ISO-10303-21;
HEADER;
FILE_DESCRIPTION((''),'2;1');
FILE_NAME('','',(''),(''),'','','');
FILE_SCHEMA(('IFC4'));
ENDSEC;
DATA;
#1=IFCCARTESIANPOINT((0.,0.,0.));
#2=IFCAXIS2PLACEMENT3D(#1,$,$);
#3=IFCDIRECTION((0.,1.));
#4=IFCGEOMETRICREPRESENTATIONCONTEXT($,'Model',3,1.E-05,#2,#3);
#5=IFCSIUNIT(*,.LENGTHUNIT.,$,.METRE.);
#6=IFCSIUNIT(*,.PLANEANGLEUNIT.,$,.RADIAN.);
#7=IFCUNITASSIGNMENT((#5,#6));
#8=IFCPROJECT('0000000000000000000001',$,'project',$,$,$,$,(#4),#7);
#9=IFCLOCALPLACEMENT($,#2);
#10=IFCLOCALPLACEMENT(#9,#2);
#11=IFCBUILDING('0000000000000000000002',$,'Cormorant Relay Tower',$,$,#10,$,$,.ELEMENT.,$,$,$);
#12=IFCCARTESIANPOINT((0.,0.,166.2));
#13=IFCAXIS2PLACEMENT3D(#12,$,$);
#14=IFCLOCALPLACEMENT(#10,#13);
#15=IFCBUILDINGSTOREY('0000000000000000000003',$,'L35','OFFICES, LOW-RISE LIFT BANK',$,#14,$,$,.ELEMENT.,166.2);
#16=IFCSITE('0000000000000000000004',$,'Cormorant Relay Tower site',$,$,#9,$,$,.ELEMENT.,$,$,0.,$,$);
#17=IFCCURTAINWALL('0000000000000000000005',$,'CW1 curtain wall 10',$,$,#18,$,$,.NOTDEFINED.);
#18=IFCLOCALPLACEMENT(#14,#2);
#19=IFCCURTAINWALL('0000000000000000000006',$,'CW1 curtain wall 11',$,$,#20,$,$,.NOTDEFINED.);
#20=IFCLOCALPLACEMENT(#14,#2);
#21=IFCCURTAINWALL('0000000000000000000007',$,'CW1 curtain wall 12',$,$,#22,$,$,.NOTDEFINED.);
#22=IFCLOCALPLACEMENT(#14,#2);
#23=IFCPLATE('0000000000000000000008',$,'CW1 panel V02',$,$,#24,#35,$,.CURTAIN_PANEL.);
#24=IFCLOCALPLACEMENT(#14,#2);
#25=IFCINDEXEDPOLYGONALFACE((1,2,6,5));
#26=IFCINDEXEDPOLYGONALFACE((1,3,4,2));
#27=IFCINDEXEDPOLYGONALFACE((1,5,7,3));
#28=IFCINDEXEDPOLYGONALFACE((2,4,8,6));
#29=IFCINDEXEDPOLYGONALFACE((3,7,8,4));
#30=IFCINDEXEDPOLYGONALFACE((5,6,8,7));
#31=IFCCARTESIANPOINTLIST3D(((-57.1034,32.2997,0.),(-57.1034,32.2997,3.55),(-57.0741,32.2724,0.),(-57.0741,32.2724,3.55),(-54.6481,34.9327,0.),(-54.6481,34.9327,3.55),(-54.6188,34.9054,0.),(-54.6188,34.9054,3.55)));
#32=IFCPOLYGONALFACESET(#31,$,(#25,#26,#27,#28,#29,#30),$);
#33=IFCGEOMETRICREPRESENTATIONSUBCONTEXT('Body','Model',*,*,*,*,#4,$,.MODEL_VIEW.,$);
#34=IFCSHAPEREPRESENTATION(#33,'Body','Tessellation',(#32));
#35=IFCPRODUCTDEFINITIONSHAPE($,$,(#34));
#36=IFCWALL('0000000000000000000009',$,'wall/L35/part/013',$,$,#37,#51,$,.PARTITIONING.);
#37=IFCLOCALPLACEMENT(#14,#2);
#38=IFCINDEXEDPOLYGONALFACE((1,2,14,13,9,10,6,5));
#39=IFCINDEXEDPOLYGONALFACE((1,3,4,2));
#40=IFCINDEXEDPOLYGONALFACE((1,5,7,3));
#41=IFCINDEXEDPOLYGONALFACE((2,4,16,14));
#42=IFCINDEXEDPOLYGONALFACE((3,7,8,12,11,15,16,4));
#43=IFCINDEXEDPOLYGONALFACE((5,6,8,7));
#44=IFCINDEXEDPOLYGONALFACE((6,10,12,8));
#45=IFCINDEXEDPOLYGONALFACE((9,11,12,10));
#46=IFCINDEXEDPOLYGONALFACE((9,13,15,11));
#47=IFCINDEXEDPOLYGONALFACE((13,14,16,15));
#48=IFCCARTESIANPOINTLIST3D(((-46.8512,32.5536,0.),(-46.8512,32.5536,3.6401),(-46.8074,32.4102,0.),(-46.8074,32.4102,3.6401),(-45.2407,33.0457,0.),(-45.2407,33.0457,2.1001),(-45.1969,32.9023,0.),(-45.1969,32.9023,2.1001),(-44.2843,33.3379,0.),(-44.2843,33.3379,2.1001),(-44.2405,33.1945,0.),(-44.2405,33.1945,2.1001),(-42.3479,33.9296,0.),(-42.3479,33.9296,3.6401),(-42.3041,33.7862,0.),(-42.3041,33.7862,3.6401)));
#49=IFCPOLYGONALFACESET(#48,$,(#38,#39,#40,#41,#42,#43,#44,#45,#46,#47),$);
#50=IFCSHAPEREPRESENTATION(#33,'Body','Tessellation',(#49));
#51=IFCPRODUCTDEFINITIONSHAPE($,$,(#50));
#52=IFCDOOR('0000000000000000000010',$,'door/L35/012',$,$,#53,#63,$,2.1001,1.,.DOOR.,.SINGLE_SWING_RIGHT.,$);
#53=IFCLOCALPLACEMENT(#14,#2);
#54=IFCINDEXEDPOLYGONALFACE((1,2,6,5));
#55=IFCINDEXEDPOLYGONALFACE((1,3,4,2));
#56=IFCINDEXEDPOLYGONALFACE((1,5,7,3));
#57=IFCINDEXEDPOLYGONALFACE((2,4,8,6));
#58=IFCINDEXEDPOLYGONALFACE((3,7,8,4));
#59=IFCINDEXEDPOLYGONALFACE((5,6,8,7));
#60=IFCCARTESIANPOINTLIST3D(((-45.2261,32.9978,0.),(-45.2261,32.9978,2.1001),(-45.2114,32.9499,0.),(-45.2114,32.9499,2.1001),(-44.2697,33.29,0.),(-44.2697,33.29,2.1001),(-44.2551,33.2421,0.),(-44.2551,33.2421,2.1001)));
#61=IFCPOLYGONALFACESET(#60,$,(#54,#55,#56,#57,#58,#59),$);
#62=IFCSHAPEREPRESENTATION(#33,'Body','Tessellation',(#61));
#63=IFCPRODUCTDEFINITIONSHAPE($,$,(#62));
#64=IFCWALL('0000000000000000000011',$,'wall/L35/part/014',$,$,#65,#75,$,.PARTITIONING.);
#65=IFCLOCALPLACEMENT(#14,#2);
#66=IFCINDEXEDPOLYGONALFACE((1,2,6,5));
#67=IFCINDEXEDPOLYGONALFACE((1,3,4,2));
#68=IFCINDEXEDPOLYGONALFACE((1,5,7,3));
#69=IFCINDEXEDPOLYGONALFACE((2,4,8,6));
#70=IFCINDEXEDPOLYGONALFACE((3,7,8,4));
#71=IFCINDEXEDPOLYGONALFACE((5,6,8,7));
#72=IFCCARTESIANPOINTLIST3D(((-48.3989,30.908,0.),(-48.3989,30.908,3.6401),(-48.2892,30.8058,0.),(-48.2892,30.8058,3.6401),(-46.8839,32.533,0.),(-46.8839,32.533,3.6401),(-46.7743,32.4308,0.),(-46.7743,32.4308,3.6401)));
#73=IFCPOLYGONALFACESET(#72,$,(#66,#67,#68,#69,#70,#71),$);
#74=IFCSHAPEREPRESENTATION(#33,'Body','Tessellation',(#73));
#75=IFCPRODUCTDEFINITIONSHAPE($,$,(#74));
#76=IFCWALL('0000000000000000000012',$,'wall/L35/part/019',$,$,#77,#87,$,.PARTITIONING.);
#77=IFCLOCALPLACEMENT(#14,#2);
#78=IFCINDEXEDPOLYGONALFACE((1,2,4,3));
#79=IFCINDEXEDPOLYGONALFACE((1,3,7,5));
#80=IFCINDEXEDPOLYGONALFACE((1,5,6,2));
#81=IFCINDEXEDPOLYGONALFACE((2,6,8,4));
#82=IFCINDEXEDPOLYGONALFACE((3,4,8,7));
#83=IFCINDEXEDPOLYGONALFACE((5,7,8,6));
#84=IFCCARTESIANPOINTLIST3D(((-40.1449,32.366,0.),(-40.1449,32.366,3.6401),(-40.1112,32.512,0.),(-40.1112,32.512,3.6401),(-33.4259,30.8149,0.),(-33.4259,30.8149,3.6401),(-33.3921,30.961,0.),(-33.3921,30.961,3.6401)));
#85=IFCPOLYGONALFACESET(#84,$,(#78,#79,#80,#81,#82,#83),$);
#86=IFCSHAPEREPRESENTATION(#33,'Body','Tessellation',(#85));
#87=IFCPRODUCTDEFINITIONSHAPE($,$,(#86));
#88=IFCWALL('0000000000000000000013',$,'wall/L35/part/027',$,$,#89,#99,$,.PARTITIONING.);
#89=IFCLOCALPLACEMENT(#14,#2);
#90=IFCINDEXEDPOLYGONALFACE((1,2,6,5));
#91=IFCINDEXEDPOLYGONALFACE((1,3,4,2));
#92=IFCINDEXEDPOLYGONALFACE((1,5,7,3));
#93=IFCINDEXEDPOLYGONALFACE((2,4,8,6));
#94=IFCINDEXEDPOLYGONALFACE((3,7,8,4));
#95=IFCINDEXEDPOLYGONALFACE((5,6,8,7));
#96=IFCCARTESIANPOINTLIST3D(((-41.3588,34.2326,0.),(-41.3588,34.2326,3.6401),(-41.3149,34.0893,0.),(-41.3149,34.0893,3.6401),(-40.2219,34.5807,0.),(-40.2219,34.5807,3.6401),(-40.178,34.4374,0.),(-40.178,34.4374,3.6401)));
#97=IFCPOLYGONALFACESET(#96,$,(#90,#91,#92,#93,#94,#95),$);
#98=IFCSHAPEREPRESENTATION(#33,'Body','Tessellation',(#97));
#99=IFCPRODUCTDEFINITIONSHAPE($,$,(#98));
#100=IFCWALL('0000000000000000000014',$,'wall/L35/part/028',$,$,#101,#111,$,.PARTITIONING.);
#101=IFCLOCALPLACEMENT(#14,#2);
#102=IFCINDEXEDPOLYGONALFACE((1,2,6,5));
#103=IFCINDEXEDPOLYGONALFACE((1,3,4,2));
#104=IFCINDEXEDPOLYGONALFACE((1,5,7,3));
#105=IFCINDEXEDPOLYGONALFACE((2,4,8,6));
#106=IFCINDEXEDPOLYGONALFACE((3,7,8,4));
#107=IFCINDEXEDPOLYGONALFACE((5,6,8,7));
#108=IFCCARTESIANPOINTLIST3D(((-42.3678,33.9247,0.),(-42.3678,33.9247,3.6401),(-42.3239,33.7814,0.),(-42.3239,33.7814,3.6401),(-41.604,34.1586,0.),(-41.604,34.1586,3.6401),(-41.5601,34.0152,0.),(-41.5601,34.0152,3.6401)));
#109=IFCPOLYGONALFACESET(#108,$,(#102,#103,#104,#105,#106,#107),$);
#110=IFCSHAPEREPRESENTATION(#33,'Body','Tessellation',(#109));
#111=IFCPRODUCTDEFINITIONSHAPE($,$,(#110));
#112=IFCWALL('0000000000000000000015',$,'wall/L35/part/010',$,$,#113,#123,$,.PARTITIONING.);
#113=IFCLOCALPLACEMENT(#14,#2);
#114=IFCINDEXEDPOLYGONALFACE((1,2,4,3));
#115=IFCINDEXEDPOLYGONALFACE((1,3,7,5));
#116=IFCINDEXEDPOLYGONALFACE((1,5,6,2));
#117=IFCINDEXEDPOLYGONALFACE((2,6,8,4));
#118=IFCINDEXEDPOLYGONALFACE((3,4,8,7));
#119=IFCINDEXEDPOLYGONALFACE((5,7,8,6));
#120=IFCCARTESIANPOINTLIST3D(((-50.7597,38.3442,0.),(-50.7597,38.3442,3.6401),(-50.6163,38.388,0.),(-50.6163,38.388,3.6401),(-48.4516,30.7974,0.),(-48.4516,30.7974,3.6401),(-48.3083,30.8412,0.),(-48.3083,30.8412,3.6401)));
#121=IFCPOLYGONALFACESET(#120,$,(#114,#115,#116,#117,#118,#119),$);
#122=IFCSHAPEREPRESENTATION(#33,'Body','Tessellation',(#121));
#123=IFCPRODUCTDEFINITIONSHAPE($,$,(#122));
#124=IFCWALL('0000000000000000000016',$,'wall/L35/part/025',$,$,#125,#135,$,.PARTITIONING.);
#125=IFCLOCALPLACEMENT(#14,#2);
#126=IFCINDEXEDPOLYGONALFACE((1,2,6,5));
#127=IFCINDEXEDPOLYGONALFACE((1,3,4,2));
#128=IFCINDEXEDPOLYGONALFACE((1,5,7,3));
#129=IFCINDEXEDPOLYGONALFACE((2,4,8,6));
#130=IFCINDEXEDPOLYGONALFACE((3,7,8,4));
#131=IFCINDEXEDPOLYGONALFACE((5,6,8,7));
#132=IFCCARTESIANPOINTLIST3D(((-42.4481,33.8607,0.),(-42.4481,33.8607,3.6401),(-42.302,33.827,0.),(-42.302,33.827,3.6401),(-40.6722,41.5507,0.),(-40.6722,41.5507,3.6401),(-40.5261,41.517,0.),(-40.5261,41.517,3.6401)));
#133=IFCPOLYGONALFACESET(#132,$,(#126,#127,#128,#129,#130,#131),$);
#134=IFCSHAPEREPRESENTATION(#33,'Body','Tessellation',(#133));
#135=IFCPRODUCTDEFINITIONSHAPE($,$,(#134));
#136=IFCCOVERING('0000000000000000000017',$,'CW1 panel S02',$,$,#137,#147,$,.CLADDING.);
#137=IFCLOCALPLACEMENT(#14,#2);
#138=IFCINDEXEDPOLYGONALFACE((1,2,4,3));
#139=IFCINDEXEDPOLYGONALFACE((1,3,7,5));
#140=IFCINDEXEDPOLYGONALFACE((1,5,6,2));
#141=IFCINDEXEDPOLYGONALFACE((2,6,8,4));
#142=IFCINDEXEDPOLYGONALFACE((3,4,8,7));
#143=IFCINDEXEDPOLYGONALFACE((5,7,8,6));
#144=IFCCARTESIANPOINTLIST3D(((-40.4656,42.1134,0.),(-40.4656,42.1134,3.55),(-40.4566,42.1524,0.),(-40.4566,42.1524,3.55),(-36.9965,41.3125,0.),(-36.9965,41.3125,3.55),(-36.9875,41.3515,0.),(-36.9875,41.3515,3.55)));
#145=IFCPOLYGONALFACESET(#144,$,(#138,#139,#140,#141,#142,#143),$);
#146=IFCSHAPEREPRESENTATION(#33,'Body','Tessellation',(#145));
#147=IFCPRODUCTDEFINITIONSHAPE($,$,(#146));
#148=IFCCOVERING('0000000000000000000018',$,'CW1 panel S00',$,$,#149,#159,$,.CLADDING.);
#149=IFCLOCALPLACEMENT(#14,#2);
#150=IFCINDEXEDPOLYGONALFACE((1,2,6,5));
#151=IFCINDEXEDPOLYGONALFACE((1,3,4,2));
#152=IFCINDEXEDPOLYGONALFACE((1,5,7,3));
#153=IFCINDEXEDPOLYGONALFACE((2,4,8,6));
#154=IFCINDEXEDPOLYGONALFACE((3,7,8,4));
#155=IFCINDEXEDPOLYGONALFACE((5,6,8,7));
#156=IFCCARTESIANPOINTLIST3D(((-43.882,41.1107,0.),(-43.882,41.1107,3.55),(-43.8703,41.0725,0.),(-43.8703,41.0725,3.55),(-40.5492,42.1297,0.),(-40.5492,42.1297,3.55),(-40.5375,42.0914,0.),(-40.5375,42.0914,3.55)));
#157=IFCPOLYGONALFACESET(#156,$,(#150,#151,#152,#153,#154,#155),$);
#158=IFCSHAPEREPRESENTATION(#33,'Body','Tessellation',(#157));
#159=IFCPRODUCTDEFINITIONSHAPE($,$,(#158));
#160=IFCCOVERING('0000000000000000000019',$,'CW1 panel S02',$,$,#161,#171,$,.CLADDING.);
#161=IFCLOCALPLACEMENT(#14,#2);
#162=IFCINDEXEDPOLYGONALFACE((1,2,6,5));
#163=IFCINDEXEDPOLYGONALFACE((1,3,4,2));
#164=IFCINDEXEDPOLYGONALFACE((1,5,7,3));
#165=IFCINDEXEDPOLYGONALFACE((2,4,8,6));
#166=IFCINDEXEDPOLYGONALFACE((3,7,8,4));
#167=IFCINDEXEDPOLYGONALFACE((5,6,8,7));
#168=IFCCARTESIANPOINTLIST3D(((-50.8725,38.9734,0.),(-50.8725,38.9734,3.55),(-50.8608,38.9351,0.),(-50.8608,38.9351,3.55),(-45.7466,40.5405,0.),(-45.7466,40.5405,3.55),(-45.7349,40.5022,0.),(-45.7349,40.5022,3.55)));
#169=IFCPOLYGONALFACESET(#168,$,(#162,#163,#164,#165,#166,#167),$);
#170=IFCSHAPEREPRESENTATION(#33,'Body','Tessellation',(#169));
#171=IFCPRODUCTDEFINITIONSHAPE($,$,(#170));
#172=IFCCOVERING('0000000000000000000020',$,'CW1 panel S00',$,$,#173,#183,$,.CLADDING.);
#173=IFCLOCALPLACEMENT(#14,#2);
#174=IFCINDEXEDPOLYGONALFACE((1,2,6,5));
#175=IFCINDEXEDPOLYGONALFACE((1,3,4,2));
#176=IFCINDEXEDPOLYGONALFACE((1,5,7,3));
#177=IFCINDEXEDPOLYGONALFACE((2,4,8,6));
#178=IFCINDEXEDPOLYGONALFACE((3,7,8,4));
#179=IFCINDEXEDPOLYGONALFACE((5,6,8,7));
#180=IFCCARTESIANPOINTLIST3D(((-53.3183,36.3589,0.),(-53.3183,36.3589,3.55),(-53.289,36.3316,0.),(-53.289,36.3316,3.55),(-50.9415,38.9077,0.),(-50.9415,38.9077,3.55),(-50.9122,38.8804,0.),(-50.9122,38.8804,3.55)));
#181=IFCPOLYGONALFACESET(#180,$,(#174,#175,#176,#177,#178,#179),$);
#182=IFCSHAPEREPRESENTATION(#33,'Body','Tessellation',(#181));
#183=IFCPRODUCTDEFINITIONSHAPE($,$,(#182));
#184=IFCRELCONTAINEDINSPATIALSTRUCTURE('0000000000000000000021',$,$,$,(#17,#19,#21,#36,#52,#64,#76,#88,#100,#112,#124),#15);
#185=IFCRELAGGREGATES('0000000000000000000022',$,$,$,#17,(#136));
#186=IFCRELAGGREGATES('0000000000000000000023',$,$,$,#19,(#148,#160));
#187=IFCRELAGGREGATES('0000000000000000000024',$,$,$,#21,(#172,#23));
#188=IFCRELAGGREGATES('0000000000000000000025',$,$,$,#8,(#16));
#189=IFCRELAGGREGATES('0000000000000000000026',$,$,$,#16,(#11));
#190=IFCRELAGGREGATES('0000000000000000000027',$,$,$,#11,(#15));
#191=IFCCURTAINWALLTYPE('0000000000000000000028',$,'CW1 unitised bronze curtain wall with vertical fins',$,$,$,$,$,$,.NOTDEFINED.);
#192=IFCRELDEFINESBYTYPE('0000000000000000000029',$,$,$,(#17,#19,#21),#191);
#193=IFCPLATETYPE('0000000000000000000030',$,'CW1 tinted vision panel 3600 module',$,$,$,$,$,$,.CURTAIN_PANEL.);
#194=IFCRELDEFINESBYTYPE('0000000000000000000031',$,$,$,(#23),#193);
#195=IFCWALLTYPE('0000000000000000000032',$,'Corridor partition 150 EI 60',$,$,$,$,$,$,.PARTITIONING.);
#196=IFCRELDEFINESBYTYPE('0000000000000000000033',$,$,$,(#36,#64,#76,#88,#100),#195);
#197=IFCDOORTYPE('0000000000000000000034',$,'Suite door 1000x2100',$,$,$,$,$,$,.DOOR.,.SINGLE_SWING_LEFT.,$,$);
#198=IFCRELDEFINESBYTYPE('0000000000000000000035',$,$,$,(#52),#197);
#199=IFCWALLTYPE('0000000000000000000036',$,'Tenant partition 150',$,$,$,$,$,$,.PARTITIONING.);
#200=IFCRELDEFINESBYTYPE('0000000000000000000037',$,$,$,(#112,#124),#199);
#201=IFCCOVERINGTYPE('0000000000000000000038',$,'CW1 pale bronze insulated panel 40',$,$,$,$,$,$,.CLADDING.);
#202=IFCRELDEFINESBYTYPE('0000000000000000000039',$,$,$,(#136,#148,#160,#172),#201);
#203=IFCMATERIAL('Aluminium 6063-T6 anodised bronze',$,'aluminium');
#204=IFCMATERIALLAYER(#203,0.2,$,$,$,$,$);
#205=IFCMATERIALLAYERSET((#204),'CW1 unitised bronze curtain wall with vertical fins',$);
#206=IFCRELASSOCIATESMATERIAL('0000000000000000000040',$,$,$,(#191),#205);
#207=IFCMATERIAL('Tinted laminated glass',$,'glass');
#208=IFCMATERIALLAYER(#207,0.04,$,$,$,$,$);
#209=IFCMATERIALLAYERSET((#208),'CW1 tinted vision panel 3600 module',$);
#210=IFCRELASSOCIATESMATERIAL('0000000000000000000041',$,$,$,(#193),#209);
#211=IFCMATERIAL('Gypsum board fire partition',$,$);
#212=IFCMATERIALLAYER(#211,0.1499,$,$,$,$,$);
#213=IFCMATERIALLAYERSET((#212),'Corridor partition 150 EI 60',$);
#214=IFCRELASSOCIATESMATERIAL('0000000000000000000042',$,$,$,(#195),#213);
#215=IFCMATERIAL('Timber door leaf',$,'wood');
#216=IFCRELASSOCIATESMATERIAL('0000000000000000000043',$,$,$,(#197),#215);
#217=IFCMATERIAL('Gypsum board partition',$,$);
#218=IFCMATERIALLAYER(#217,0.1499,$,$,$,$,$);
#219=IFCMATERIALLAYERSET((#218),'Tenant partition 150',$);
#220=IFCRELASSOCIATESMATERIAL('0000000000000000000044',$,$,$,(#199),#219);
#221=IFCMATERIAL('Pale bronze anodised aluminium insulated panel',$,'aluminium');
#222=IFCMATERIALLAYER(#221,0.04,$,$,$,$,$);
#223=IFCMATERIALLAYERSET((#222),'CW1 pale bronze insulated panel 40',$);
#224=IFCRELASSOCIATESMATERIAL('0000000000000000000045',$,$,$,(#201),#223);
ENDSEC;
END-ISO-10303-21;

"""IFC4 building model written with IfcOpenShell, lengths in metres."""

from ifc_helpers import new_model, si_unit, direction, frame, frame_2d, origin, origin_2d, place, context, subcontext, project, spatial, rectangle, extrude, material, layer, layer_set, type_object, element, fill, aggregate, save


model = new_model("IFC4")

# Units and contexts
model_context = context("Model", 3, precision=1e-05, world=origin(), true_north=direction((0.0, 1.0)))
body_context = subcontext(model_context, "Body", "Model", "MODEL_VIEW")
ifc_project = project(units=[si_unit("LENGTHUNIT", "METRE"), si_unit("PLANEANGLEUNIT", "RADIAN")], contexts=[model_context])

# Site, building, storey
site_placement = place(None, origin())
site = spatial("IfcSite", under=ifc_project, at=site_placement, Name="Cormorant Relay Tower site", CompositionType="ELEMENT", RefElevation=0.0)
building_placement = place(site_placement, origin())
building = spatial("IfcBuilding", under=site, at=building_placement, Name="Cormorant Relay Tower", CompositionType="ELEMENT")
storey_placement = place(building_placement, frame((0.0, 0.0, 166.2)))
storey = spatial("IfcBuildingStorey", under=building, at=storey_placement, Name="L35", Description="OFFICES, LOW-RISE LIFT BANK", CompositionType="ELEMENT", Elevation=166.2)

# Curtain wall
ifc_material_1 = material(Name="Aluminium 6063-T6 anodised bronze", Category="aluminium")
ifc_layer_1 = layer(ifc_material_1, 0.2)
ifc_layer_set_1 = layer_set([ifc_layer_1], Name="CW1 unitised bronze curtain wall with vertical fins")
curtain_wall_type = type_object("IfcCurtainWallType", Name="CW1 unitised bronze curtain wall with vertical fins", PredefinedType="NOTDEFINED", material=ifc_layer_set_1)
curtain_wall_1_placement = place(storey_placement, origin())
curtain_wall_1 = element("IfcCurtainWall", 1, at=curtain_wall_1_placement, inside=storey, type_object=curtain_wall_type, Name="CW1 curtain wall 10", PredefinedType="NOTDEFINED")

# Curtain walls
curtain_wall_2_placement = place(storey_placement, origin())
curtain_wall_2 = element("IfcCurtainWall", 2, at=curtain_wall_2_placement, inside=storey, type_object=curtain_wall_type, Name="CW1 curtain wall 11", PredefinedType="NOTDEFINED")
curtain_wall_3_placement = place(storey_placement, origin())
curtain_wall_3 = element("IfcCurtainWall", 3, at=curtain_wall_3_placement, inside=storey, type_object=curtain_wall_type, Name="CW1 curtain wall 12", PredefinedType="NOTDEFINED")

# Plate
ifc_material_2 = material(Name="Tinted laminated glass", Category="glass")
ifc_layer_2 = layer(ifc_material_2, 0.04)
ifc_layer_set_2 = layer_set([ifc_layer_2], Name="CW1 tinted vision panel 3600 module")
plate_type_1 = type_object("IfcPlateType", Name="CW1 tinted vision panel 3600 module", PredefinedType="CURTAIN_PANEL", material=ifc_layer_set_2)
plate_1_placement = place(storey_placement, frame((-55.8611, 33.6025, 0.0), z_axis=(0.0, 0.0, 1.0), x_axis=(-0.681998, -0.731354, 0.0)))
plate_1 = element("IfcPlate", 4, at=plate_1_placement, type_object=plate_type_1, Name="CW1 panel V02", PredefinedType="CURTAIN_PANEL", context=body_context, shape_type="SweptSolid", body=[
    extrude(rectangle(XDim=3.6001, YDim=0.04, at=origin_2d()), origin(), (0.0, 0.0, 1.0), 3.55),
])

# Wall, opening, door
ifc_material_3 = material(Name="Gypsum board fire partition")
ifc_layer_3 = layer(ifc_material_3, 0.1499)
ifc_layer_set_3 = layer_set([ifc_layer_3], Name="Corridor partition 150 EI 60")
wall_type_1 = type_object("IfcWallType", Name="Corridor partition 150 EI 60", PredefinedType="PARTITIONING", material=ifc_layer_set_3)
wall_1_placement = place(storey_placement, frame((-42.3259, 33.8579, 0.0), z_axis=(0.0, 0.0, 1.0), x_axis=(-0.956351, -0.29222, 0.0)))
wall_1 = element("IfcWall", 5, at=wall_1_placement, inside=storey, type_object=wall_type_1, Name="wall/L35/part/013", PredefinedType="PARTITIONING", context=body_context, shape_type="SweptSolid", body=[
    extrude(rectangle(XDim=4.7087, YDim=0.1499, at=frame_2d((2.3545, 0.0))), origin(), (0.0, 0.0, 1.0), 3.6401),
])
opening_placement = place(wall_1_placement, frame((2.0249, 0.0, 0.0)))
opening = element("IfcOpeningElement", 6, at=opening_placement, cuts=wall_1, PredefinedType="OPENING", context=body_context, shape_type="SweptSolid", body=[
    extrude(rectangle(XDim=1.0, YDim=2.1001, at=frame_2d((0.5, 1.05))), frame((0.0, 0.085, 0.0), z_axis=(0.0, -1.0, 0.0), x_axis=(1.0, 0.0, 0.0)), (0.0, 0.0, 1.0), 0.1699),
])
ifc_material_4 = material(Name="Timber door leaf", Category="wood")
door_type = type_object("IfcDoorType", Name="Suite door 1000x2100", OperationType="SINGLE_SWING_LEFT", PredefinedType="DOOR", material=ifc_material_4)
door_placement = place(opening_placement, frame((1.0, 0.0, 0.0), z_axis=(0.0, 0.0, 1.0), x_axis=(-1.0, 0.0, 0.0)))
door = element("IfcDoor", 7, at=door_placement, inside=storey, type_object=door_type, Name="door/L35/012", OperationType="SINGLE_SWING_RIGHT", OverallHeight=2.1001, OverallWidth=1.0, PredefinedType="DOOR", context=body_context, shape_type="SweptSolid", body=[
    extrude(rectangle(XDim=1.0, YDim=2.1001, at=frame_2d((0.5, 1.05))), frame((0.0, 0.0249, 0.0), z_axis=(0.0, -1.0, 0.0), x_axis=(1.0, 0.0, 0.0)), (0.0, 0.0, 1.0), 0.05),
])
fill(opening, door)

# Walls
wall_2_placement = place(storey_placement, frame((-46.8291, 32.4819, 0.0), z_axis=(0.0, 0.0, 1.0), x_axis=(-0.681891, -0.731453, 0.0)))
element("IfcWall", 8, at=wall_2_placement, inside=storey, type_object=wall_type_1, Name="wall/L35/part/014", PredefinedType="PARTITIONING", context=body_context, shape_type="SweptSolid", body=[
    extrude(rectangle(XDim=2.2217, YDim=0.1499, at=frame_2d((1.1108, 0.0))), origin(), (0.0, 0.0, 1.0), 3.6401),
])
wall_3_placement = place(storey_placement, frame((-40.1279, 32.439, 0.0), z_axis=(0.0, 0.0, 1.0), x_axis=(0.974376, -0.224927, 0.0)))
element("IfcWall", 9, at=wall_3_placement, inside=storey, type_object=wall_type_1, Name="wall/L35/part/019", PredefinedType="PARTITIONING", context=body_context, shape_type="SweptSolid", body=[
    extrude(rectangle(XDim=6.8958, YDim=0.1499, at=frame_2d((3.4478, 0.0))), origin(), (0.0, 0.0, 1.0), 3.6401),
])
wall_4_placement = place(storey_placement, frame((-40.2, 34.509, 0.0), z_axis=(0.0, 0.0, 1.0), x_axis=(-0.956178, -0.292787, 0.0)))
element("IfcWall", 10, at=wall_4_placement, inside=storey, type_object=wall_type_1, Name="wall/L35/part/027", PredefinedType="PARTITIONING", context=body_context, shape_type="SweptSolid", body=[
    extrude(rectangle(XDim=1.189, YDim=0.1499, at=frame_2d((0.5945, 0.0))), origin(), (0.0, 0.0, 1.0), 3.6401),
])
wall_5_placement = place(storey_placement, frame((-41.582, 34.0869, 0.0), z_axis=(0.0, 0.0, 1.0), x_axis=(-0.956188, -0.292754, 0.0)))
element("IfcWall", 11, at=wall_5_placement, inside=storey, type_object=wall_type_1, Name="wall/L35/part/028", PredefinedType="PARTITIONING", context=body_context, shape_type="SweptSolid", body=[
    extrude(rectangle(XDim=0.7988, YDim=0.1499, at=frame_2d((0.3994, 0.0))), origin(), (0.0, 0.0, 1.0), 3.6401),
])
ifc_material_5 = material(Name="Gypsum board partition")
ifc_layer_4 = layer(ifc_material_5, 0.1499)
ifc_layer_set_4 = layer_set([ifc_layer_4], Name="Tenant partition 150")
wall_type_2 = type_object("IfcWallType", Name="Tenant partition 150", PredefinedType="PARTITIONING", material=ifc_layer_set_4)
wall_6_placement = place(storey_placement, frame((-50.688, 38.366, 0.0), z_axis=(0.0, 0.0, 1.0), x_axis=(0.292464, -0.956277, 0.0)))
element("IfcWall", 12, at=wall_6_placement, inside=storey, type_object=wall_type_2, Name="wall/L35/part/010", PredefinedType="PARTITIONING", context=body_context, shape_type="SweptSolid", body=[
    extrude(rectangle(XDim=7.8918, YDim=0.1499, at=frame_2d((3.9458, 0.0))), origin(), (0.0, 0.0, 1.0), 3.6401),
])
wall_7_placement = place(storey_placement, frame((-40.5991, 41.5339, 0.0), z_axis=(0.0, 0.0, 1.0), x_axis=(-0.225013, -0.974356, 0.0)))
element("IfcWall", 13, at=wall_7_placement, inside=storey, type_object=wall_type_2, Name="wall/L35/part/025", PredefinedType="PARTITIONING", context=body_context, shape_type="SweptSolid", body=[
    extrude(rectangle(XDim=7.8923, YDim=0.1499, at=frame_2d((3.9463, 0.0))), origin(), (0.0, 0.0, 1.0), 3.6401),
])

# Coverings
ifc_material_6 = material(Name="Pale bronze anodised aluminium insulated panel", Category="aluminium")
ifc_layer_5 = layer(ifc_material_6, 0.04)
ifc_layer_set_5 = layer_set([ifc_layer_5], Name="CW1 pale bronze insulated panel 40")
covering_type = type_object("IfcCoveringType", Name="CW1 pale bronze insulated panel 40", PredefinedType="CLADDING", material=ifc_layer_set_5)
covering_1_placement = place(storey_placement, frame((-38.7266, 41.7324, 0.0), z_axis=(0.0, 0.0, 1.0), x_axis=(-0.97437, 0.224951, 0.0)))
covering_1 = element("IfcCovering", 14, at=covering_1_placement, type_object=covering_type, Name="CW1 panel S02", PredefinedType="CLADDING", context=body_context, shape_type="SweptSolid", body=[
    extrude(rectangle(XDim=3.5603, YDim=0.04, at=origin_2d()), origin(), (0.0, 0.0, 1.0), 3.55),
])
aggregate(curtain_wall_1, [covering_1])
covering_2_placement = place(storey_placement, frame((-42.2097, 41.6011, 0.0), z_axis=(0.0, 0.0, 1.0), x_axis=(-0.956305, -0.292372, 0.0)))
covering_2 = element("IfcCovering", 15, at=covering_2_placement, type_object=covering_type, Name="CW1 panel S00", PredefinedType="CLADDING", context=body_context, shape_type="SweptSolid", body=[
    extrude(rectangle(XDim=3.4851, YDim=0.04, at=origin_2d()), origin(), (0.0, 0.0, 1.0), 3.55),
])
covering_3_placement = place(storey_placement, frame((-48.3037, 39.7378, 0.0), z_axis=(0.0, 0.0, 1.0), x_axis=(-0.956305, -0.292372, 0.0)))
covering_3 = element("IfcCovering", 16, at=covering_3_placement, type_object=covering_type, Name="CW1 panel S02", PredefinedType="CLADDING", context=body_context, shape_type="SweptSolid", body=[
    extrude(rectangle(XDim=5.3601, YDim=0.04, at=origin_2d()), origin(), (0.0, 0.0, 1.0), 3.55),
])
aggregate(curtain_wall_2, [covering_2, covering_3])
covering_4_placement = place(storey_placement, frame((-52.1152, 37.6196, 0.0), z_axis=(0.0, 0.0, 1.0), x_axis=(-0.681998, -0.731354, 0.0)))
covering_4 = element("IfcCovering", 17, at=covering_4_placement, type_object=covering_type, Name="CW1 panel S00", PredefinedType="CLADDING", context=body_context, shape_type="SweptSolid", body=[
    extrude(rectangle(XDim=3.4851, YDim=0.04, at=origin_2d()), origin(), (0.0, 0.0, 1.0), 3.55),
])
aggregate(curtain_wall_3, [covering_4, plate_1])

save(model, "model.ifc")
